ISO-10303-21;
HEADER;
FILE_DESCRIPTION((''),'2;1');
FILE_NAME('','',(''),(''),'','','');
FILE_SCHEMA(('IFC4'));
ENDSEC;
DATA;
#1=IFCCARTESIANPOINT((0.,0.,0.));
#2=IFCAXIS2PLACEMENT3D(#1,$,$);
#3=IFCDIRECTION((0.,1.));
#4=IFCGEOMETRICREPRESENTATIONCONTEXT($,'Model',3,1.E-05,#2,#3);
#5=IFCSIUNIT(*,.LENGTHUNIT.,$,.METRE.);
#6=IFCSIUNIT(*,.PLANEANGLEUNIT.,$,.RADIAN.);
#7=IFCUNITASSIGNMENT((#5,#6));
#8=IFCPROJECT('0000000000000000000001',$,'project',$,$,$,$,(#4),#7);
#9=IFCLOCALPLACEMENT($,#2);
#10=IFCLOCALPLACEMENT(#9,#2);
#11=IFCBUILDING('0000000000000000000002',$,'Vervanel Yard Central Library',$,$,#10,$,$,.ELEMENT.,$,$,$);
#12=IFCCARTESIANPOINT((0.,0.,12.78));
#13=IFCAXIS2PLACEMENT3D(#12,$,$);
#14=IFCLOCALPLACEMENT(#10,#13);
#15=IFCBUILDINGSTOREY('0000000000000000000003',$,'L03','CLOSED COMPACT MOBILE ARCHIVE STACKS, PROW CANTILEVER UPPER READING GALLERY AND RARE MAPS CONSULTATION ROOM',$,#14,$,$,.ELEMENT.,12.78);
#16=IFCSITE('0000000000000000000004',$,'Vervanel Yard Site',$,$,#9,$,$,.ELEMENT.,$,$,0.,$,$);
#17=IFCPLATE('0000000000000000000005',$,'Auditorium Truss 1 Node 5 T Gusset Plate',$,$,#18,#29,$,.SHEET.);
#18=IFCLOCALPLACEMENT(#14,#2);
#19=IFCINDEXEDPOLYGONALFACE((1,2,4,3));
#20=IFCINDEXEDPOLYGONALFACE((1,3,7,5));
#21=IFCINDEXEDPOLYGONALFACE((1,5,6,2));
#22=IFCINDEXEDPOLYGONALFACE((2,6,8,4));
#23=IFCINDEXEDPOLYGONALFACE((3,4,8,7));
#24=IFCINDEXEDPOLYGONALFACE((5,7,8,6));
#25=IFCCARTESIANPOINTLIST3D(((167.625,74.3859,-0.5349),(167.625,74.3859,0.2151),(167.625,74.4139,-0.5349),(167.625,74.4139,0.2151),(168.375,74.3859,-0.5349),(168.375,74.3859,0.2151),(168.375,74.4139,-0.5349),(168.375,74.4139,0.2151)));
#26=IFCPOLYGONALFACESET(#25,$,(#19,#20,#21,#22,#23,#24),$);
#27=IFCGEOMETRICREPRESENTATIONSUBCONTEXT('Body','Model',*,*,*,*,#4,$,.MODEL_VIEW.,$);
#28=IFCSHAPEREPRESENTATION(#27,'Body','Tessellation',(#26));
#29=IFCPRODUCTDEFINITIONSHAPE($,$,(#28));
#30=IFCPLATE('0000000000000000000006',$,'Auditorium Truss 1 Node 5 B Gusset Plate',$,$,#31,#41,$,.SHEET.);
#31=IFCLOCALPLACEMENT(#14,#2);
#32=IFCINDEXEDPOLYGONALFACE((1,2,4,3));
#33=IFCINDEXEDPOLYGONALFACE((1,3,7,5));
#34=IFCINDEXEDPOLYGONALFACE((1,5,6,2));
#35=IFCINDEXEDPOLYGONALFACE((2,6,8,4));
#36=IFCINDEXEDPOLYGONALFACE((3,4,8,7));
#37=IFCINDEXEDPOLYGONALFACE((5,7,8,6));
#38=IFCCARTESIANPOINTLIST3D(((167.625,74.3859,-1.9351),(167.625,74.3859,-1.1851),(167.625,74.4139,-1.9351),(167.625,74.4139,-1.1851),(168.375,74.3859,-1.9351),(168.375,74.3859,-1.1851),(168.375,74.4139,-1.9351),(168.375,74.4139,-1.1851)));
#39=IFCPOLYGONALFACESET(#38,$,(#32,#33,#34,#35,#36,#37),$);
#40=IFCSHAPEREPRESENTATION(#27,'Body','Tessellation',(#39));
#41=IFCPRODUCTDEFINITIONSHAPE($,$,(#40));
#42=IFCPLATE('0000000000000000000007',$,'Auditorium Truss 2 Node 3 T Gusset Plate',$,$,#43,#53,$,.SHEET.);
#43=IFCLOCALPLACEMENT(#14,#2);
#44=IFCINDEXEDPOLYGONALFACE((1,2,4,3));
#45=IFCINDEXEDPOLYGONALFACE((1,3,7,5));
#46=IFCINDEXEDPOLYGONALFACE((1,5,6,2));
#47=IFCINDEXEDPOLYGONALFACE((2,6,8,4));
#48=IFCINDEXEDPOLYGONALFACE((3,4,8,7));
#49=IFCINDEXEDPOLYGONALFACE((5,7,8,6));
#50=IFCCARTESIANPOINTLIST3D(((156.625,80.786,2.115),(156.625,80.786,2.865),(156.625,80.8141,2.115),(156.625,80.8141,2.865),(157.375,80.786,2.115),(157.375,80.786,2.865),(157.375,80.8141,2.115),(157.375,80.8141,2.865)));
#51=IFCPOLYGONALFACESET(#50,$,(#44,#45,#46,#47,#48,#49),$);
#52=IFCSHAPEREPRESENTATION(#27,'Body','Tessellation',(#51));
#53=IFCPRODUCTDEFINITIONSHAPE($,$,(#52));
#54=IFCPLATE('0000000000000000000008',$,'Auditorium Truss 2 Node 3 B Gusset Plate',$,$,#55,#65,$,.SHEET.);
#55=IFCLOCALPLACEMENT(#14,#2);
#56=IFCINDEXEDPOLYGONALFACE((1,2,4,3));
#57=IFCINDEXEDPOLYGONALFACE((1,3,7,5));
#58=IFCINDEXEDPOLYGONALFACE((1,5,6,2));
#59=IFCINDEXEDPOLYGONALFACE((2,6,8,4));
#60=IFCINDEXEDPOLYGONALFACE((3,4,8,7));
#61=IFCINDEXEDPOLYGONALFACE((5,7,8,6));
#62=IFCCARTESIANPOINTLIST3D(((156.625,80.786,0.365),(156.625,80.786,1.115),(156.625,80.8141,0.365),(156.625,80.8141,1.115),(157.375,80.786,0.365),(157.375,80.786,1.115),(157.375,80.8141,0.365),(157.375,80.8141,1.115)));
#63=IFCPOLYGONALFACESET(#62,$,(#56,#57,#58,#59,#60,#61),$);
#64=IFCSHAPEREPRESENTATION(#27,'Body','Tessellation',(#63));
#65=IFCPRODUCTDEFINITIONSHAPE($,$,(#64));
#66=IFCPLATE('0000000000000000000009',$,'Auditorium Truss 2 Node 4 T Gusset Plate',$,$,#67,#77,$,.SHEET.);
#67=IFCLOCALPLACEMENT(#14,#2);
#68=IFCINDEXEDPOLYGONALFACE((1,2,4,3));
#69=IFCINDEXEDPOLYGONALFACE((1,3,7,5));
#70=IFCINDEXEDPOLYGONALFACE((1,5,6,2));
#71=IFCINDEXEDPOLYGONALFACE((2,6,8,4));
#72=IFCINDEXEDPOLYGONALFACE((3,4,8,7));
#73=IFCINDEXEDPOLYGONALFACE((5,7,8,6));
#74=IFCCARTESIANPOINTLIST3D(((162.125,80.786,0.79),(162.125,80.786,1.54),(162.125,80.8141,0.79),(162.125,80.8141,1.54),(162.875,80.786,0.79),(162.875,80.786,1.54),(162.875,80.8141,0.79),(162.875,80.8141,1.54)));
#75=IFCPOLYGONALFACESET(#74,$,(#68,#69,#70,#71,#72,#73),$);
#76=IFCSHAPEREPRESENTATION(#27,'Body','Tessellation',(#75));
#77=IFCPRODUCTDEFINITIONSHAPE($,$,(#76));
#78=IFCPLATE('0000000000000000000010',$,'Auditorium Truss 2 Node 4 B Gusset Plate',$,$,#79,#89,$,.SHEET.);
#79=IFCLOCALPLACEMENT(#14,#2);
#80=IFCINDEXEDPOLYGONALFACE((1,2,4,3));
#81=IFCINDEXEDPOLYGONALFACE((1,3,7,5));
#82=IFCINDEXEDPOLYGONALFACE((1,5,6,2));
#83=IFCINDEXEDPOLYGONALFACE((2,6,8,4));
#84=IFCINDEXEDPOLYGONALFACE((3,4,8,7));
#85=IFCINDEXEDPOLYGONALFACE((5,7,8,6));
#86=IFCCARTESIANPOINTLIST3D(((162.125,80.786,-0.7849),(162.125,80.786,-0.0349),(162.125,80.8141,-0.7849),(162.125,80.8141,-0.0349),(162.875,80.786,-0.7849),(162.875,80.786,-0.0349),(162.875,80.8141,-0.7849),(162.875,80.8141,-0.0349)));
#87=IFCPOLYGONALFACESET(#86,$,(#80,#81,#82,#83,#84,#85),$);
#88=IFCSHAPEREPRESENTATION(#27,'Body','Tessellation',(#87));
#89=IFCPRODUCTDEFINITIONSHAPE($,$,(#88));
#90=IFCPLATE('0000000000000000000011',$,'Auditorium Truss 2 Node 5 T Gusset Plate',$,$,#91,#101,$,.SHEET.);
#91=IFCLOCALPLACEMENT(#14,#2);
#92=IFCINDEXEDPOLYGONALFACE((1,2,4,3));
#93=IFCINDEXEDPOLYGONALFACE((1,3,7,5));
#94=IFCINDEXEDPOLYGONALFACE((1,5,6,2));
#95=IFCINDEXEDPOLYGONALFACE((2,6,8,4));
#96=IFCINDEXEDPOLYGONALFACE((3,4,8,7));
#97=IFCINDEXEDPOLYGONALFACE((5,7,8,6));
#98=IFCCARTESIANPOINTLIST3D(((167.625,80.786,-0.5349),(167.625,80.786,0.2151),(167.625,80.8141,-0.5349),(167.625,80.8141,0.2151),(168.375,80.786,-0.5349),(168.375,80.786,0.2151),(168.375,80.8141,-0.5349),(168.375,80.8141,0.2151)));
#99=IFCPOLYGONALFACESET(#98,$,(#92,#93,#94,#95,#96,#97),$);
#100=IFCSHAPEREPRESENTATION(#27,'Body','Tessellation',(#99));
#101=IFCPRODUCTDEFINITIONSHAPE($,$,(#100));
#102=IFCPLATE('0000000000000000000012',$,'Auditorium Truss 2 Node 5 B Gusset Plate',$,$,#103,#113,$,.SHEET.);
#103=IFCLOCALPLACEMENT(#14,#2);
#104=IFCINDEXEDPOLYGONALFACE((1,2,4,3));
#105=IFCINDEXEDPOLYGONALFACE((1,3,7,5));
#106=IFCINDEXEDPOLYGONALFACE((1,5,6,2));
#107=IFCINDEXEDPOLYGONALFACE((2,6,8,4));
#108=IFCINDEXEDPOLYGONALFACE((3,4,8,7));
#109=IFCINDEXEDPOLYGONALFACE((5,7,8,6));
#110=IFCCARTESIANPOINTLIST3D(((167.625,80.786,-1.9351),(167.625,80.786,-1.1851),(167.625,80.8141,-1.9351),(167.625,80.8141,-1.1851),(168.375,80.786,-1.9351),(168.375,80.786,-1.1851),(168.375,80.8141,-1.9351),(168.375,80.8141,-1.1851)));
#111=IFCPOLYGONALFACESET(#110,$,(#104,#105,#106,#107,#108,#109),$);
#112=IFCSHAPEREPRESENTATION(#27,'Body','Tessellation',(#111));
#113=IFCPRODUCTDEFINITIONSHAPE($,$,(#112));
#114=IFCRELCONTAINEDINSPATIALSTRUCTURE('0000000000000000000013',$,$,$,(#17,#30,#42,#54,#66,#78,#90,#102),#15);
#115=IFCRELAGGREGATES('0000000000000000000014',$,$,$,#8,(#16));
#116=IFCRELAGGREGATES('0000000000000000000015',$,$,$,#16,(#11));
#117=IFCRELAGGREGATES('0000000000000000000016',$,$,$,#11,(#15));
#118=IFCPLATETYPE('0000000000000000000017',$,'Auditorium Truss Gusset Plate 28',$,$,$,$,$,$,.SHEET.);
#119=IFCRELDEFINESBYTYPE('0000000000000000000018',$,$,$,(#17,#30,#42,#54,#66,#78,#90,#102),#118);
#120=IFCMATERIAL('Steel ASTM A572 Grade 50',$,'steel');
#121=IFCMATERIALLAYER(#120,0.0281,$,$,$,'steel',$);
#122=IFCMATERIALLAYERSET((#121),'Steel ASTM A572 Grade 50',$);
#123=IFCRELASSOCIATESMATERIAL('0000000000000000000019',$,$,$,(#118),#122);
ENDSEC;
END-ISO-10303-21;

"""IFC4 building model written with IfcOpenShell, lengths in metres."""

from ifc_helpers import new_model, si_unit, direction, frame, origin, origin_2d, place, context, subcontext, project, spatial, rectangle, extrude, material, layer, layer_set, type_object, element, save


model = new_model("IFC4")

# Units and contexts
model_context = context("Model", 3, precision=1e-05, world=origin(), true_north=direction((0.0, 1.0)))
body_context = subcontext(model_context, "Body", "Model", "MODEL_VIEW")
ifc_project = project(units=[si_unit("LENGTHUNIT", "METRE"), si_unit("PLANEANGLEUNIT", "RADIAN")], contexts=[model_context])

# Site, building, storey
site_placement = place(None, origin())
site = spatial("IfcSite", under=ifc_project, at=site_placement, Name="Vervanel Yard Site", CompositionType="ELEMENT", RefElevation=0.0)
building_placement = place(site_placement, origin())
building = spatial("IfcBuilding", under=site, at=building_placement, Name="Vervanel Yard Central Library", CompositionType="ELEMENT")
storey_placement = place(building_placement, frame((0.0, 0.0, 12.78)))
storey = spatial("IfcBuildingStorey", under=building, at=storey_placement, Name="L03", Description="CLOSED COMPACT MOBILE ARCHIVE STACKS, PROW CANTILEVER UPPER READING GALLERY AND RARE MAPS CONSULTATION ROOM", CompositionType="ELEMENT", Elevation=12.78)

# Plates
ifc_material_1 = material(Name="Steel ASTM A572 Grade 50", Category="steel")
ifc_layer = layer(ifc_material_1, 0.0281, Category="steel")
ifc_layer_set = layer_set([ifc_layer], Name="Steel ASTM A572 Grade 50")
plate_type = type_object("IfcPlateType", Name="Auditorium Truss Gusset Plate 28", PredefinedType="SHEET", material=ifc_layer_set)
for number, where, z_axis, x_axis, name in (
    (1, (168.0, 74.3999, -0.5349), (0.0, 0.0, 1.0), (1.0, 0.0, 0.0), "Auditorium Truss 1 Node 5 T Gusset Plate"),
    (2, (168.0, 74.3999, -1.9351), (0.0, 0.0, 1.0), (1.0, 0.0, 0.0), "Auditorium Truss 1 Node 5 B Gusset Plate"),
    (3, (157.0, 80.8, 2.115), (0.0, 0.0, 1.0), (1.0, 0.0, 0.0), "Auditorium Truss 2 Node 3 T Gusset Plate"),
    (4, (157.0, 80.8, 0.365), (0.0, 0.0, 1.0), (1.0, 0.0, 0.0), "Auditorium Truss 2 Node 3 B Gusset Plate"),
    (5, (162.5, 80.8, 0.79), (0.0, 0.0, 1.0), (1.0, 0.0, 0.0), "Auditorium Truss 2 Node 4 T Gusset Plate"),
    (6, (162.5, 80.8, -0.7849), (0.0, 0.0, 1.0), (1.0, 0.0, 0.0), "Auditorium Truss 2 Node 4 B Gusset Plate"),
    (7, (168.0, 80.8, -0.5349), (0.0, 0.0, 1.0), (1.0, 0.0, 0.0), "Auditorium Truss 2 Node 5 T Gusset Plate"),
    (8, (168.0, 80.8, -1.9351), (0.0, 0.0, 1.0), (1.0, 0.0, 0.0), "Auditorium Truss 2 Node 5 B Gusset Plate"),
):
    element("IfcPlate", number, at=place(storey_placement, frame(where, z_axis=z_axis, x_axis=x_axis)), inside=storey, type_object=plate_type, Name=name, PredefinedType="SHEET", context=body_context, shape_type="SweptSolid", body=[
        extrude(rectangle(XDim=0.75, YDim=0.0281, at=origin_2d()), origin(), (0.0, 0.0, 1.0), 0.75),
    ])

save(model, "model.ifc")
